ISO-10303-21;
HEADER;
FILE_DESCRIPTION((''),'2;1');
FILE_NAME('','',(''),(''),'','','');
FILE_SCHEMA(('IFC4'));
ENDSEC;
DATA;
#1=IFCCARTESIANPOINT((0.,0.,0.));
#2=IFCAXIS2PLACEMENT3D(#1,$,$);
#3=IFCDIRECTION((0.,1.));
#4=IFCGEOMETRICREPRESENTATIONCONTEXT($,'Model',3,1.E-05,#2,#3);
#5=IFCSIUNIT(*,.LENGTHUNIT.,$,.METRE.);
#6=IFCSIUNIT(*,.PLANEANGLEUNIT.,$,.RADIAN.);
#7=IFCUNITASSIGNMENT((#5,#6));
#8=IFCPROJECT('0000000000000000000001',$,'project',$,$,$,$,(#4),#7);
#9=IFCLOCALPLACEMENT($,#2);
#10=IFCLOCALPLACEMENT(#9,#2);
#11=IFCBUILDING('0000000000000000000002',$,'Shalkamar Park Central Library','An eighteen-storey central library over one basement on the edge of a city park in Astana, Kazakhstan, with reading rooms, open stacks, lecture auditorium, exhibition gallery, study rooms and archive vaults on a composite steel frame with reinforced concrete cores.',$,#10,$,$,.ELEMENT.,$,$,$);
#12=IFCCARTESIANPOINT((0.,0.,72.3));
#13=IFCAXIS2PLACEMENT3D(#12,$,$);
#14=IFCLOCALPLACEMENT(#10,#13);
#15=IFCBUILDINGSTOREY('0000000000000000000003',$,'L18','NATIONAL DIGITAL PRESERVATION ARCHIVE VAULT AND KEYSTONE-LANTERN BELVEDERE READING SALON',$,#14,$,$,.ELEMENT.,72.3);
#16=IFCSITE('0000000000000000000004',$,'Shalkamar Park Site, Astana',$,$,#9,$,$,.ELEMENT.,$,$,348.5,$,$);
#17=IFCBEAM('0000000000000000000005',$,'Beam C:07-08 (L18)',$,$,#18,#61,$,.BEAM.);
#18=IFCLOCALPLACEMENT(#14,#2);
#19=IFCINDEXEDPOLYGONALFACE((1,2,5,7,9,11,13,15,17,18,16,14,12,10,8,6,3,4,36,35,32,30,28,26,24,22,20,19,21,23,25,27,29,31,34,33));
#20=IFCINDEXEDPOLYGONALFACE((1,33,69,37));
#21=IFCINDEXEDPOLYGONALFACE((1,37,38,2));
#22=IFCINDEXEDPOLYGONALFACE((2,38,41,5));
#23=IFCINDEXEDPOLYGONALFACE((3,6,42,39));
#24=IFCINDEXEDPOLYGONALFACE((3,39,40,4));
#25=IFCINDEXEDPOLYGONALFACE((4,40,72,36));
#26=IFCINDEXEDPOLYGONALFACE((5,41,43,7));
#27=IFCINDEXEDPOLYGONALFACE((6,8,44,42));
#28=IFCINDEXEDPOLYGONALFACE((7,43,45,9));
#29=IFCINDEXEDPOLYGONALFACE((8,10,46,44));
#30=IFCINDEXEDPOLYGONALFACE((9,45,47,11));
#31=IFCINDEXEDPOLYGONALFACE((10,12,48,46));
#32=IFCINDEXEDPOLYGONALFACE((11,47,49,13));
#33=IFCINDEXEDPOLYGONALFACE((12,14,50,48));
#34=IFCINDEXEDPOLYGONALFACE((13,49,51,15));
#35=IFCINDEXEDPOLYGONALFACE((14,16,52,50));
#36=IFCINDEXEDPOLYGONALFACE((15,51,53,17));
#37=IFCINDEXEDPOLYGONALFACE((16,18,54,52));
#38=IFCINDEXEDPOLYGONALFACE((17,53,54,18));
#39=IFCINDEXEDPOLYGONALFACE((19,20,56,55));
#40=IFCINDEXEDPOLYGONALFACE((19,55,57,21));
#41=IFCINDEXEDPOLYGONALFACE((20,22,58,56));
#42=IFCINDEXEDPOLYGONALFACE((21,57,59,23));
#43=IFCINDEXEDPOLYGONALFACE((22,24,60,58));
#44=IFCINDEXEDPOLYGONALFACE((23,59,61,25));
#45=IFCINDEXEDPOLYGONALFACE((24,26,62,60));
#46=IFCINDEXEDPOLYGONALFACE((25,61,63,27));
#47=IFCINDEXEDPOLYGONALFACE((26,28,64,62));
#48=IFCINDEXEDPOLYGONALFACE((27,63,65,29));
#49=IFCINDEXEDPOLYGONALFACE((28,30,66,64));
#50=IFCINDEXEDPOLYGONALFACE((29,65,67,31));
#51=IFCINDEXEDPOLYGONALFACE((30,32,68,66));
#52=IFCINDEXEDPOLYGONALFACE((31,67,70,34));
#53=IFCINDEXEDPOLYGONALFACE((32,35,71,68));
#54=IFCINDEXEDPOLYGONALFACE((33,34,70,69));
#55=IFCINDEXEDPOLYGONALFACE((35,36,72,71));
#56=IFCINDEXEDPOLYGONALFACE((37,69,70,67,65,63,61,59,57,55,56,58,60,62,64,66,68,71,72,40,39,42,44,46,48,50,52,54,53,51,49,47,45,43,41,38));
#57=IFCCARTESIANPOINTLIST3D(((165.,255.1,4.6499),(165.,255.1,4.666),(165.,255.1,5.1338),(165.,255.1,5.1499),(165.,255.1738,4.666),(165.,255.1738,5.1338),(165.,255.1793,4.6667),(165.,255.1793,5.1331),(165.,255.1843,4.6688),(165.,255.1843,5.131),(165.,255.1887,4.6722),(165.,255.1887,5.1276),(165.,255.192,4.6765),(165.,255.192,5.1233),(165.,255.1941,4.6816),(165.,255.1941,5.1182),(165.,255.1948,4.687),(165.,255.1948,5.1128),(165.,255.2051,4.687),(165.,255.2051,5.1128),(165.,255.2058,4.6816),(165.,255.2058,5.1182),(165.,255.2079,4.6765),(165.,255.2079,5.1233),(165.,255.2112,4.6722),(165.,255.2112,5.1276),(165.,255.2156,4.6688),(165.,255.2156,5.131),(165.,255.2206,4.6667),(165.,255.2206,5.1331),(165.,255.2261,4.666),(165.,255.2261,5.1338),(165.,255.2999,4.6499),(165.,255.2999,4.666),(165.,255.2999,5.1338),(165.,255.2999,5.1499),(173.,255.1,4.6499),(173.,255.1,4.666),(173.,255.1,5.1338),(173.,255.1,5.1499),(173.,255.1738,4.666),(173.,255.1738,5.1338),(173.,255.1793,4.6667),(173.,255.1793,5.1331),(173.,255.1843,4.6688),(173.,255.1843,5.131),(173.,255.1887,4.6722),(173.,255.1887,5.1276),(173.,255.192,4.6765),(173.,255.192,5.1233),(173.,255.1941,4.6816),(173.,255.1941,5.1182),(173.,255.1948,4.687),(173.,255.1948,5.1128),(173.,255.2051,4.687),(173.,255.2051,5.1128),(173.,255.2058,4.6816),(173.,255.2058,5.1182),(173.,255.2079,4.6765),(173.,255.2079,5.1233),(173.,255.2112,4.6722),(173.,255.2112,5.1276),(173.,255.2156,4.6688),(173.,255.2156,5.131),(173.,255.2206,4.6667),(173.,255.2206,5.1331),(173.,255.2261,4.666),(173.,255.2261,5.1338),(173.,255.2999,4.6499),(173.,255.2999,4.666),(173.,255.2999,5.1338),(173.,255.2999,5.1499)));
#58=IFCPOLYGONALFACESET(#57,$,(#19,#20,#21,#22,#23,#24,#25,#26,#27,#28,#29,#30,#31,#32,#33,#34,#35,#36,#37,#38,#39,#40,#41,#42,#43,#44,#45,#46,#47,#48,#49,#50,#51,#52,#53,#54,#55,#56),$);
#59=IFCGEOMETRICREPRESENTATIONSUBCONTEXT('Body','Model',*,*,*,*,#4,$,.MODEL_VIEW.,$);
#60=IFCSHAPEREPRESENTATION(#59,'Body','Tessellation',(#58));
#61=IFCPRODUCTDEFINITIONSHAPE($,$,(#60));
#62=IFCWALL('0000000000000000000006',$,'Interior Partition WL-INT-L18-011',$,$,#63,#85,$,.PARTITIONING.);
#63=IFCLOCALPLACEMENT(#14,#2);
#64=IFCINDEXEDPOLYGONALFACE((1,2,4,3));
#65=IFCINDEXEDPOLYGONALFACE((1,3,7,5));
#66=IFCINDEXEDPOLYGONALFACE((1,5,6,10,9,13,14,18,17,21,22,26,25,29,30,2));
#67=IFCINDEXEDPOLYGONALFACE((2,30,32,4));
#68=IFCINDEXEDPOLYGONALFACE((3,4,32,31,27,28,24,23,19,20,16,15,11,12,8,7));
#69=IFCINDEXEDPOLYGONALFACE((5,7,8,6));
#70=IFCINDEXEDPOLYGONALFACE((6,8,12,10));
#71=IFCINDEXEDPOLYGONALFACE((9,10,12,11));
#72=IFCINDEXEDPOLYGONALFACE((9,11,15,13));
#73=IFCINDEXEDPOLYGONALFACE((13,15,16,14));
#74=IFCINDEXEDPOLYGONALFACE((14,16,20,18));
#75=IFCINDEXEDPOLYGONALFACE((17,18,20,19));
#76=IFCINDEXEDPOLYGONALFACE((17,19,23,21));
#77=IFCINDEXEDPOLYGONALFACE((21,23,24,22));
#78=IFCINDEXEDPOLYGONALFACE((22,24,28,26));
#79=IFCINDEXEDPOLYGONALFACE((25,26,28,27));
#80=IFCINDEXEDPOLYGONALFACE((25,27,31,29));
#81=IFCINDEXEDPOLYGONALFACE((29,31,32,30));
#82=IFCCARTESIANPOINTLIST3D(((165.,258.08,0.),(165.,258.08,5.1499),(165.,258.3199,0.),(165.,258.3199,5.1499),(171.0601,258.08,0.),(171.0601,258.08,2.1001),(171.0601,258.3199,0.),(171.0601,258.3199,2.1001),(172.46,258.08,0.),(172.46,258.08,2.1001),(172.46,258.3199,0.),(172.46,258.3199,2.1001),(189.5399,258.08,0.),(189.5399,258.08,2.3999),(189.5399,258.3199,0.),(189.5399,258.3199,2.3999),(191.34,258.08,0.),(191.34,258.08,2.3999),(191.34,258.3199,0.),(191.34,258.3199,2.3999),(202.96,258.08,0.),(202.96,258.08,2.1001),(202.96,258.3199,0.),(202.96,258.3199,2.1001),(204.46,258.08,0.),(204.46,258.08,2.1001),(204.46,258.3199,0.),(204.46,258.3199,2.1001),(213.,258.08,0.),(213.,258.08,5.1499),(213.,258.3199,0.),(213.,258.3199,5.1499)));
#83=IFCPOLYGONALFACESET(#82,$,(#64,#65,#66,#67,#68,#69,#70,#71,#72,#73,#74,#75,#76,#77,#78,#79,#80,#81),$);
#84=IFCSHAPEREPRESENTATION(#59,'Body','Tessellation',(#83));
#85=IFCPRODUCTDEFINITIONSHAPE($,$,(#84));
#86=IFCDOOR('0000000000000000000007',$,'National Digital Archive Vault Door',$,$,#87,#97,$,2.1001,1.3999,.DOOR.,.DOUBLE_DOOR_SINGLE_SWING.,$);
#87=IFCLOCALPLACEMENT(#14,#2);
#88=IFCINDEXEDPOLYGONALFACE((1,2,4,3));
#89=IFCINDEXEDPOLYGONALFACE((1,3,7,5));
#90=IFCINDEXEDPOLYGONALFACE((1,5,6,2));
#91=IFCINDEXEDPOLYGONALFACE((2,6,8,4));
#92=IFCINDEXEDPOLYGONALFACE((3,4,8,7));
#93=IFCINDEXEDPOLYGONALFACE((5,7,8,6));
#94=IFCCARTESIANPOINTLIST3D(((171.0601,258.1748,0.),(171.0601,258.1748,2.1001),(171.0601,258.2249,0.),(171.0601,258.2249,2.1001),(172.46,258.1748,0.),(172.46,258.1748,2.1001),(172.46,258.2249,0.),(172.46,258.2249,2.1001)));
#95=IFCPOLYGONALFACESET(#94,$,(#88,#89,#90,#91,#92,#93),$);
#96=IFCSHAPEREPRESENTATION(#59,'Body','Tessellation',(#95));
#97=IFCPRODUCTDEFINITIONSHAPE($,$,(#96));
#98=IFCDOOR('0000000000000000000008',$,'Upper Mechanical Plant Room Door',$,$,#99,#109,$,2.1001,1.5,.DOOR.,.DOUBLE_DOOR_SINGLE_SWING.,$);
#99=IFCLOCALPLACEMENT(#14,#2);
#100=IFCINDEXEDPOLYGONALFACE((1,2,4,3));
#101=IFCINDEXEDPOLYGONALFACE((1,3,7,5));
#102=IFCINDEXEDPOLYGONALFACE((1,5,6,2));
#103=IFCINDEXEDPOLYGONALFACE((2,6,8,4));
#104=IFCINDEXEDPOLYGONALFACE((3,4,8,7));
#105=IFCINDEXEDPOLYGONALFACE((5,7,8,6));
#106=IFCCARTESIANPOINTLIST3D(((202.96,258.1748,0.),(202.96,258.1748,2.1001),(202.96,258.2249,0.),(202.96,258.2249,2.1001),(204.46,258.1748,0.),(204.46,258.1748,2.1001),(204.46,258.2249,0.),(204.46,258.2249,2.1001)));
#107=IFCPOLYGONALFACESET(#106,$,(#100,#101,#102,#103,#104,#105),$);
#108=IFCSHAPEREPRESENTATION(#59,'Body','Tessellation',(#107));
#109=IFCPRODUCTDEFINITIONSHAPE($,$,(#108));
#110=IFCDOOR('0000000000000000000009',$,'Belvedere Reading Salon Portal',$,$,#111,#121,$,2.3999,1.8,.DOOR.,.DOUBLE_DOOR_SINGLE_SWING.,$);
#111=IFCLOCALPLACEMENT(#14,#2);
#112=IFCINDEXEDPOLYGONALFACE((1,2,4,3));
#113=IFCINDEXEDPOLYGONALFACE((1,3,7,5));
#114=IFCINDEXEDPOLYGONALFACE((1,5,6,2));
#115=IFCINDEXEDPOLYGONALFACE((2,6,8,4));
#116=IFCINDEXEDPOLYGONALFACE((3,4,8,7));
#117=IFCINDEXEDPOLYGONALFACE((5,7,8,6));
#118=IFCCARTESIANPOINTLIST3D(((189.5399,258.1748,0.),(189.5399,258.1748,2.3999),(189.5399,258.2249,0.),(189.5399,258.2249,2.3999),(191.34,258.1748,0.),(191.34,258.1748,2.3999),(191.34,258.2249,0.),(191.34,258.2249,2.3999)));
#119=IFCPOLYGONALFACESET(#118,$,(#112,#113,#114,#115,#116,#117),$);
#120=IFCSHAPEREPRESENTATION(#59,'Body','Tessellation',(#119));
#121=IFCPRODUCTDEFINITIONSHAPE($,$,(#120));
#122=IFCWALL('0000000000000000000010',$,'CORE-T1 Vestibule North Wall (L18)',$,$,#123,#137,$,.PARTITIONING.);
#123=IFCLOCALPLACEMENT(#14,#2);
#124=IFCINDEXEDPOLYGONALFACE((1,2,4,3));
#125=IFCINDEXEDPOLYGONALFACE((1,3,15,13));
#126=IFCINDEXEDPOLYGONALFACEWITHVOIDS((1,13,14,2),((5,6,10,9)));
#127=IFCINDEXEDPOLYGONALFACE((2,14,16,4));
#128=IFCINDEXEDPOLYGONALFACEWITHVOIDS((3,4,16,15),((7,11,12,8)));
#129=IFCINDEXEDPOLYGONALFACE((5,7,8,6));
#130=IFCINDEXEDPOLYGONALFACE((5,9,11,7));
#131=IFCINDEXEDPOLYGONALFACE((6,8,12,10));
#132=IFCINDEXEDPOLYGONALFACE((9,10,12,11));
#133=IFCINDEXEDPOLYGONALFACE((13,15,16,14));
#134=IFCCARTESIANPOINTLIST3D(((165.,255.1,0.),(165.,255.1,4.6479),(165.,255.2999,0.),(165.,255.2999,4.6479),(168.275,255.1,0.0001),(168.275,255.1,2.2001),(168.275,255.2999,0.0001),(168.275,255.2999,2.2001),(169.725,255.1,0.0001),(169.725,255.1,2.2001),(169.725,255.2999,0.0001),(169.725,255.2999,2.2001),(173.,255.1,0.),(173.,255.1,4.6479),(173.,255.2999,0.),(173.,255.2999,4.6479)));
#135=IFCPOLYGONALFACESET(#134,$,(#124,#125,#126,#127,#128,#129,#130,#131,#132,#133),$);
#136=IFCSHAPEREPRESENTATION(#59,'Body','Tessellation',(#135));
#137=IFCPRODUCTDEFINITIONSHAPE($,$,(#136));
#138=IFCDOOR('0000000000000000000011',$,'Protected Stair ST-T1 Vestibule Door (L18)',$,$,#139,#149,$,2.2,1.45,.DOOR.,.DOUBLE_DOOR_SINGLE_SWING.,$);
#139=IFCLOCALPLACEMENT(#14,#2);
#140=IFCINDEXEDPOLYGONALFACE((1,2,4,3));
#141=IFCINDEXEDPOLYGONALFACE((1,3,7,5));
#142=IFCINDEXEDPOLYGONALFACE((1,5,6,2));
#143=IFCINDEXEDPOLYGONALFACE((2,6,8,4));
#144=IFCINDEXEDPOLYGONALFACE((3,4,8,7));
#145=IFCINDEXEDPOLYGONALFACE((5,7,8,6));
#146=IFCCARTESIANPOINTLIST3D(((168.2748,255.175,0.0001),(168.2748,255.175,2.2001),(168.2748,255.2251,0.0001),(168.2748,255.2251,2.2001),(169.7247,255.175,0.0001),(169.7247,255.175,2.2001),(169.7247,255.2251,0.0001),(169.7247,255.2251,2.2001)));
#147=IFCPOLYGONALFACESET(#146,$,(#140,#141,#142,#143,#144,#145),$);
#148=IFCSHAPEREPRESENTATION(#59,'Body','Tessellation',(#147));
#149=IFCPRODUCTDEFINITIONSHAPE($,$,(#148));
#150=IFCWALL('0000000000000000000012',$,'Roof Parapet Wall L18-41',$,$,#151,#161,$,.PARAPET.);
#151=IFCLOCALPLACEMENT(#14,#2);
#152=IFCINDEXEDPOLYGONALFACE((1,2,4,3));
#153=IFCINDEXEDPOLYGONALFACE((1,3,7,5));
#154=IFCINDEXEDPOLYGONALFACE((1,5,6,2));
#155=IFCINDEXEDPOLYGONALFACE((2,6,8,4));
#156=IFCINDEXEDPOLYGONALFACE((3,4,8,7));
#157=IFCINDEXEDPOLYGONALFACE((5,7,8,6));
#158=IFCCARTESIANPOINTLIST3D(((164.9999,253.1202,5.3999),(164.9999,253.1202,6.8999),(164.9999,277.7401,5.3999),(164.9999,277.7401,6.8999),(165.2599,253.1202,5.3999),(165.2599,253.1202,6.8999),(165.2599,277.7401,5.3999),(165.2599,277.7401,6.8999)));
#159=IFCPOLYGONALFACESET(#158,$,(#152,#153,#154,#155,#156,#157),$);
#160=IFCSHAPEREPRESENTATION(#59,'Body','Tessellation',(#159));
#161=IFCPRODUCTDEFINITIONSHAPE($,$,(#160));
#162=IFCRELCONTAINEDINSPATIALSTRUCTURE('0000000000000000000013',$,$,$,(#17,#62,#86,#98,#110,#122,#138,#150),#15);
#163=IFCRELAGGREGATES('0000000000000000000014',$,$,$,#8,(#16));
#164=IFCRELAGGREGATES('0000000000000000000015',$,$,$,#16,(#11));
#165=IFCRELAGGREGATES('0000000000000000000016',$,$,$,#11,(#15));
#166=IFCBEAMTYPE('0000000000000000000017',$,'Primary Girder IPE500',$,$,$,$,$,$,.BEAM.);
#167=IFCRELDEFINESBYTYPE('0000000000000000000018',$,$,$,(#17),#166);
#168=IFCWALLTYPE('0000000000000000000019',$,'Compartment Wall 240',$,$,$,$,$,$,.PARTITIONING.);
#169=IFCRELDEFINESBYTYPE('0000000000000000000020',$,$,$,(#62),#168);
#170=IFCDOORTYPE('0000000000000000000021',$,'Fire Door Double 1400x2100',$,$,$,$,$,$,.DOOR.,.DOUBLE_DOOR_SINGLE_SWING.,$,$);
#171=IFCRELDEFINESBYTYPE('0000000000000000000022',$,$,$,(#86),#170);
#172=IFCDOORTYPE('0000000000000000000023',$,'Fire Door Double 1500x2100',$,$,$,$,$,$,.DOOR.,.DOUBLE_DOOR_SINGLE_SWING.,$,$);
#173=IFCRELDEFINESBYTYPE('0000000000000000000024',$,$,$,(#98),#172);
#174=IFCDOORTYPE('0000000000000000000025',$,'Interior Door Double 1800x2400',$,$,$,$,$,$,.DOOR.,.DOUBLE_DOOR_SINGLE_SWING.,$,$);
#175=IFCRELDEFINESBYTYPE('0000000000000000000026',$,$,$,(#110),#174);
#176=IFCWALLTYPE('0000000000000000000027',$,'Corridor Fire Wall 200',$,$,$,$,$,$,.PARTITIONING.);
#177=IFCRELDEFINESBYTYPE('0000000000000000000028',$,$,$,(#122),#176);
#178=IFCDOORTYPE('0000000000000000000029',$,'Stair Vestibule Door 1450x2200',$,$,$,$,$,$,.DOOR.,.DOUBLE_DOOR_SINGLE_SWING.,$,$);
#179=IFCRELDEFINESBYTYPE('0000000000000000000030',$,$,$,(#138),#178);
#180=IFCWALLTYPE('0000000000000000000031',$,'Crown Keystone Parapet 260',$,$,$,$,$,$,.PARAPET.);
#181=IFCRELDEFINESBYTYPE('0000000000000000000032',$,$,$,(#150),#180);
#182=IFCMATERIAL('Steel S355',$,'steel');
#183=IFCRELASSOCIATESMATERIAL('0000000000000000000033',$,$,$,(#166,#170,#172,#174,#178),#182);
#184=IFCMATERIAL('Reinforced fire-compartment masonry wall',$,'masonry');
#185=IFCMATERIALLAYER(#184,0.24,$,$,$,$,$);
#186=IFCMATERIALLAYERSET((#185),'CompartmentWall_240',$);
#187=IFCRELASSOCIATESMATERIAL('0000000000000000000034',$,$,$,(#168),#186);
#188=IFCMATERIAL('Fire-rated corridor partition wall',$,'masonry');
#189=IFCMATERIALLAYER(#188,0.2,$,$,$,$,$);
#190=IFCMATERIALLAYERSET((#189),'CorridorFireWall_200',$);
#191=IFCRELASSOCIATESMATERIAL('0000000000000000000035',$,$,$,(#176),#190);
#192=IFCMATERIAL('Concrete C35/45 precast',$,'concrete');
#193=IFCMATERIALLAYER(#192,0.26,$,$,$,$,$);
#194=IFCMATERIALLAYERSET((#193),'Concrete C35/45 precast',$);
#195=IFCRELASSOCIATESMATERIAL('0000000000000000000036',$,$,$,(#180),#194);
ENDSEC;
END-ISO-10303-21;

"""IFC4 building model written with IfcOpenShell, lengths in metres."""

from ifc_helpers import new_model, si_unit, direction, frame, frame_2d, origin, origin_2d, place, context, subcontext, project, spatial, rectangle, i_section, extrude, material, layer, layer_set, material_profile, profile_set, type_object, element, fill, save


model = new_model("IFC4")

# Units and contexts
model_context = context("Model", 3, precision=1e-05, world=origin(), true_north=direction((0.0, 1.0)))
body_context = subcontext(model_context, "Body", "Model", "MODEL_VIEW")
ifc_project = project(units=[si_unit("LENGTHUNIT", "METRE"), si_unit("PLANEANGLEUNIT", "RADIAN")], contexts=[model_context])

# Site, building, storey
site_placement = place(None, origin())
site = spatial("IfcSite", under=ifc_project, at=site_placement, Name="Shalkamar Park Site, Astana", CompositionType="ELEMENT", RefElevation=348.5)
building_placement = place(site_placement, origin())
building = spatial("IfcBuilding", under=site, at=building_placement, Name="Shalkamar Park Central Library", Description="An eighteen-storey central library over one basement on the edge of a city park in Astana, Kazakhstan, with reading rooms, open stacks, lecture auditorium, exhibition gallery, study rooms and archive vaults on a composite steel frame with reinforced concrete cores.", CompositionType="ELEMENT")
storey_placement = place(building_placement, frame((0.0, 0.0, 72.3)))
storey = spatial("IfcBuildingStorey", under=building, at=storey_placement, Name="L18", Description="NATIONAL DIGITAL PRESERVATION ARCHIVE VAULT AND KEYSTONE-LANTERN BELVEDERE READING SALON", CompositionType="ELEMENT", Elevation=72.3)

# Shared definitions
ifc_material_1 = material(Name="Steel S355", Category="steel")

# Beam
ifc_material_profile_1 = material_profile(ifc_material_1, i_section(OverallWidth=0.2, OverallDepth=0.5, WebThickness=0.0103, FlangeThickness=0.0161, FilletRadius=0.021, at=origin_2d()), Name="IPE 500")
ifc_profile_set_1 = profile_set([ifc_material_profile_1], Name="Steel S355")
beam_type_1 = type_object("IfcBeamType", Name="Primary Girder IPE500", PredefinedType="BEAM", material=ifc_profile_set_1)
beam_1_placement = place(storey_placement, frame((165.0, 255.2, 4.8999), z_axis=(1.0, 0.0, 0.0), x_axis=(0.0, 1.0, 0.0)))
element("IfcBeam", 1, at=beam_1_placement, inside=storey, type_object=beam_type_1, Name="Beam C:07-08 (L18)", PredefinedType="BEAM", context=body_context, shape_type="SweptSolid", body=[
    extrude(i_section(OverallWidth=0.2, OverallDepth=0.5, WebThickness=0.0103, FlangeThickness=0.0161, FilletRadius=0.021, at=origin_2d()), origin(), (0.0, 0.0, 1.0), 8.0),
])

# Wall, openings, doors
ifc_material_2 = material(Name="Reinforced fire-compartment masonry wall", Category="masonry")
ifc_layer_1 = layer(ifc_material_2, 0.24)
ifc_layer_set_1 = layer_set([ifc_layer_1], Name="CompartmentWall_240")
wall_type_1 = type_object("IfcWallType", Name="Compartment Wall 240", PredefinedType="PARTITIONING", material=ifc_layer_set_1)
wall_1_placement = place(storey_placement, frame((165.0, 258.2, 0.0), z_axis=(0.0, 0.0, 1.0), x_axis=(1.0, 0.0, 0.0)))
wall_1 = element("IfcWall", 2, at=wall_1_placement, inside=storey, type_object=wall_type_1, Name="Interior Partition WL-INT-L18-011", PredefinedType="PARTITIONING", context=body_context, shape_type="SweptSolid", body=[
    extrude(rectangle(XDim=48.0, YDim=0.24, at=frame_2d((24.0, 0.0))), origin(), (0.0, 0.0, 1.0), 5.1499),
])
opening_1_placement = place(wall_1_placement, frame((6.0601, 0.0, 0.0)))
opening_1 = element("IfcOpeningElement", 3, at=opening_1_placement, cuts=wall_1, PredefinedType="OPENING", context=body_context, shape_type="SweptSolid", body=[
    extrude(rectangle(XDim=1.3999, YDim=2.1001, at=frame_2d((0.7, 1.05))), frame((0.0, 0.1348, 0.0), z_axis=(0.0, -1.0, 0.0), x_axis=(1.0, 0.0, 0.0)), (0.0, 0.0, 1.0), 0.2698),
])
opening_2_placement = place(wall_1_placement, frame((24.54, 0.0, 0.0)))
opening_2 = element("IfcOpeningElement", 4, at=opening_2_placement, cuts=wall_1, PredefinedType="OPENING", context=body_context, shape_type="SweptSolid", body=[
    extrude(rectangle(XDim=1.8, YDim=2.3999, at=frame_2d((0.8999, 1.2))), frame((0.0, 0.1348, 0.0), z_axis=(0.0, -1.0, 0.0), x_axis=(1.0, 0.0, 0.0)), (0.0, 0.0, 1.0), 0.2698),
])
opening_3_placement = place(wall_1_placement, frame((37.96, 0.0, 0.0)))
opening_3 = element("IfcOpeningElement", 5, at=opening_3_placement, cuts=wall_1, PredefinedType="OPENING", context=body_context, shape_type="SweptSolid", body=[
    extrude(rectangle(XDim=1.5, YDim=2.1001, at=frame_2d((0.75, 1.05))), frame((0.0, 0.1348, 0.0), z_axis=(0.0, -1.0, 0.0), x_axis=(1.0, 0.0, 0.0)), (0.0, 0.0, 1.0), 0.2698),
])
door_type_1 = type_object("IfcDoorType", Name="Fire Door Double 1400x2100", OperationType="DOUBLE_DOOR_SINGLE_SWING", PredefinedType="DOOR", material=ifc_material_1)
door_1_placement = place(opening_1_placement, origin())
door_1 = element("IfcDoor", 6, at=door_1_placement, inside=storey, type_object=door_type_1, Name="National Digital Archive Vault Door", OperationType="DOUBLE_DOOR_SINGLE_SWING", OverallHeight=2.1001, OverallWidth=1.3999, PredefinedType="DOOR", context=body_context, shape_type="SweptSolid", body=[
    extrude(rectangle(XDim=1.3999, YDim=2.1001, at=frame_2d((0.7, 1.05))), frame((0.0, 0.0249, 0.0), z_axis=(0.0, -1.0, 0.0), x_axis=(1.0, 0.0, 0.0)), (0.0, 0.0, 1.0), 0.05),
])
fill(opening_1, door_1)
door_type_2 = type_object("IfcDoorType", Name="Fire Door Double 1500x2100", OperationType="DOUBLE_DOOR_SINGLE_SWING", PredefinedType="DOOR", material=ifc_material_1)
door_2_placement = place(opening_3_placement, origin())
door_2 = element("IfcDoor", 7, at=door_2_placement, inside=storey, type_object=door_type_2, Name="Upper Mechanical Plant Room Door", OperationType="DOUBLE_DOOR_SINGLE_SWING", OverallHeight=2.1001, OverallWidth=1.5, PredefinedType="DOOR", context=body_context, shape_type="SweptSolid", body=[
    extrude(rectangle(XDim=1.5, YDim=2.1001, at=frame_2d((0.75, 1.05))), frame((0.0, 0.0249, 0.0), z_axis=(0.0, -1.0, 0.0), x_axis=(1.0, 0.0, 0.0)), (0.0, 0.0, 1.0), 0.05),
])
fill(opening_3, door_2)
door_type_3 = type_object("IfcDoorType", Name="Interior Door Double 1800x2400", OperationType="DOUBLE_DOOR_SINGLE_SWING", PredefinedType="DOOR", material=ifc_material_1)
door_3_placement = place(opening_2_placement, origin())
door_3 = element("IfcDoor", 8, at=door_3_placement, inside=storey, type_object=door_type_3, Name="Belvedere Reading Salon Portal", OperationType="DOUBLE_DOOR_SINGLE_SWING", OverallHeight=2.3999, OverallWidth=1.8, PredefinedType="DOOR", context=body_context, shape_type="SweptSolid", body=[
    extrude(rectangle(XDim=1.8, YDim=2.3999, at=frame_2d((0.8999, 1.2))), frame((0.0, 0.0249, 0.0), z_axis=(0.0, -1.0, 0.0), x_axis=(1.0, 0.0, 0.0)), (0.0, 0.0, 1.0), 0.05),
])
fill(opening_2, door_3)

# Wall, opening, door
ifc_material_3 = material(Name="Fire-rated corridor partition wall", Category="masonry")
ifc_layer_2 = layer(ifc_material_3, 0.2)
ifc_layer_set_2 = layer_set([ifc_layer_2], Name="CorridorFireWall_200")
wall_type_2 = type_object("IfcWallType", Name="Corridor Fire Wall 200", PredefinedType="PARTITIONING", material=ifc_layer_set_2)
wall_2_placement = place(storey_placement, frame((165.0, 255.2, 0.0), z_axis=(0.0, 0.0, 1.0), x_axis=(1.0, 0.0, 0.0)))
wall_2 = element("IfcWall", 9, at=wall_2_placement, inside=storey, type_object=wall_type_2, Name="CORE-T1 Vestibule North Wall (L18)", PredefinedType="PARTITIONING", context=body_context, shape_type="SweptSolid", body=[
    extrude(rectangle(XDim=8.0, YDim=0.2, at=frame_2d((4.0, 0.0))), origin(), (0.0, 0.0, 1.0), 4.6479),
])
opening_4_placement = place(wall_2_placement, frame((3.2749, 0.0, 0.0)))
opening_4 = element("IfcOpeningElement", 10, at=opening_4_placement, cuts=wall_2, PredefinedType="OPENING", context=body_context, shape_type="SweptSolid", body=[
    extrude(rectangle(XDim=1.45, YDim=2.2, at=frame_2d((0.7251, 1.1001))), frame((0.0, 0.1147, 0.0), z_axis=(0.0, -1.0, 0.0), x_axis=(1.0, 0.0, 0.0)), (0.0, 0.0, 1.0), 0.2297),
])
door_type_4 = type_object("IfcDoorType", Name="Stair Vestibule Door 1450x2200", OperationType="DOUBLE_DOOR_SINGLE_SWING", PredefinedType="DOOR", material=ifc_material_1)
door_4_placement = place(opening_4_placement, frame((1.45, 0.0, 0.0), z_axis=(0.0, 0.0, 1.0), x_axis=(-1.0, 0.0, 0.0)))
door_4 = element("IfcDoor", 11, at=door_4_placement, inside=storey, type_object=door_type_4, Name="Protected Stair ST-T1 Vestibule Door (L18)", OperationType="DOUBLE_DOOR_SINGLE_SWING", OverallHeight=2.2, OverallWidth=1.45, PredefinedType="DOOR", context=body_context, shape_type="SweptSolid", body=[
    extrude(rectangle(XDim=1.45, YDim=2.2, at=frame_2d((0.7251, 1.1001))), frame((0.0, 0.0249, 0.0), z_axis=(0.0, -1.0, 0.0), x_axis=(1.0, 0.0, 0.0)), (0.0, 0.0, 1.0), 0.05),
])
fill(opening_4, door_4)

# Wall
ifc_material_4 = material(Name="Concrete C35/45 precast", Category="concrete")
ifc_layer_3 = layer(ifc_material_4, 0.26)
ifc_layer_set_3 = layer_set([ifc_layer_3], Name="Concrete C35/45 precast")
wall_type_3 = type_object("IfcWallType", Name="Crown Keystone Parapet 260", PredefinedType="PARAPET", material=ifc_layer_set_3)
wall_3_placement = place(storey_placement, frame((165.1299, 253.1201, 5.3999), z_axis=(0.0, 0.0, 1.0), x_axis=(0.0, 1.0, 0.0)))
element("IfcWall", 12, at=wall_3_placement, inside=storey, type_object=wall_type_3, Name="Roof Parapet Wall L18-41", PredefinedType="PARAPET", context=body_context, shape_type="SweptSolid", body=[
    extrude(rectangle(XDim=24.6199, YDim=0.26, at=frame_2d((12.3101, 0.0))), origin(), (0.0, 0.0, 1.0), 1.5),
])

save(model, "model.ifc")
